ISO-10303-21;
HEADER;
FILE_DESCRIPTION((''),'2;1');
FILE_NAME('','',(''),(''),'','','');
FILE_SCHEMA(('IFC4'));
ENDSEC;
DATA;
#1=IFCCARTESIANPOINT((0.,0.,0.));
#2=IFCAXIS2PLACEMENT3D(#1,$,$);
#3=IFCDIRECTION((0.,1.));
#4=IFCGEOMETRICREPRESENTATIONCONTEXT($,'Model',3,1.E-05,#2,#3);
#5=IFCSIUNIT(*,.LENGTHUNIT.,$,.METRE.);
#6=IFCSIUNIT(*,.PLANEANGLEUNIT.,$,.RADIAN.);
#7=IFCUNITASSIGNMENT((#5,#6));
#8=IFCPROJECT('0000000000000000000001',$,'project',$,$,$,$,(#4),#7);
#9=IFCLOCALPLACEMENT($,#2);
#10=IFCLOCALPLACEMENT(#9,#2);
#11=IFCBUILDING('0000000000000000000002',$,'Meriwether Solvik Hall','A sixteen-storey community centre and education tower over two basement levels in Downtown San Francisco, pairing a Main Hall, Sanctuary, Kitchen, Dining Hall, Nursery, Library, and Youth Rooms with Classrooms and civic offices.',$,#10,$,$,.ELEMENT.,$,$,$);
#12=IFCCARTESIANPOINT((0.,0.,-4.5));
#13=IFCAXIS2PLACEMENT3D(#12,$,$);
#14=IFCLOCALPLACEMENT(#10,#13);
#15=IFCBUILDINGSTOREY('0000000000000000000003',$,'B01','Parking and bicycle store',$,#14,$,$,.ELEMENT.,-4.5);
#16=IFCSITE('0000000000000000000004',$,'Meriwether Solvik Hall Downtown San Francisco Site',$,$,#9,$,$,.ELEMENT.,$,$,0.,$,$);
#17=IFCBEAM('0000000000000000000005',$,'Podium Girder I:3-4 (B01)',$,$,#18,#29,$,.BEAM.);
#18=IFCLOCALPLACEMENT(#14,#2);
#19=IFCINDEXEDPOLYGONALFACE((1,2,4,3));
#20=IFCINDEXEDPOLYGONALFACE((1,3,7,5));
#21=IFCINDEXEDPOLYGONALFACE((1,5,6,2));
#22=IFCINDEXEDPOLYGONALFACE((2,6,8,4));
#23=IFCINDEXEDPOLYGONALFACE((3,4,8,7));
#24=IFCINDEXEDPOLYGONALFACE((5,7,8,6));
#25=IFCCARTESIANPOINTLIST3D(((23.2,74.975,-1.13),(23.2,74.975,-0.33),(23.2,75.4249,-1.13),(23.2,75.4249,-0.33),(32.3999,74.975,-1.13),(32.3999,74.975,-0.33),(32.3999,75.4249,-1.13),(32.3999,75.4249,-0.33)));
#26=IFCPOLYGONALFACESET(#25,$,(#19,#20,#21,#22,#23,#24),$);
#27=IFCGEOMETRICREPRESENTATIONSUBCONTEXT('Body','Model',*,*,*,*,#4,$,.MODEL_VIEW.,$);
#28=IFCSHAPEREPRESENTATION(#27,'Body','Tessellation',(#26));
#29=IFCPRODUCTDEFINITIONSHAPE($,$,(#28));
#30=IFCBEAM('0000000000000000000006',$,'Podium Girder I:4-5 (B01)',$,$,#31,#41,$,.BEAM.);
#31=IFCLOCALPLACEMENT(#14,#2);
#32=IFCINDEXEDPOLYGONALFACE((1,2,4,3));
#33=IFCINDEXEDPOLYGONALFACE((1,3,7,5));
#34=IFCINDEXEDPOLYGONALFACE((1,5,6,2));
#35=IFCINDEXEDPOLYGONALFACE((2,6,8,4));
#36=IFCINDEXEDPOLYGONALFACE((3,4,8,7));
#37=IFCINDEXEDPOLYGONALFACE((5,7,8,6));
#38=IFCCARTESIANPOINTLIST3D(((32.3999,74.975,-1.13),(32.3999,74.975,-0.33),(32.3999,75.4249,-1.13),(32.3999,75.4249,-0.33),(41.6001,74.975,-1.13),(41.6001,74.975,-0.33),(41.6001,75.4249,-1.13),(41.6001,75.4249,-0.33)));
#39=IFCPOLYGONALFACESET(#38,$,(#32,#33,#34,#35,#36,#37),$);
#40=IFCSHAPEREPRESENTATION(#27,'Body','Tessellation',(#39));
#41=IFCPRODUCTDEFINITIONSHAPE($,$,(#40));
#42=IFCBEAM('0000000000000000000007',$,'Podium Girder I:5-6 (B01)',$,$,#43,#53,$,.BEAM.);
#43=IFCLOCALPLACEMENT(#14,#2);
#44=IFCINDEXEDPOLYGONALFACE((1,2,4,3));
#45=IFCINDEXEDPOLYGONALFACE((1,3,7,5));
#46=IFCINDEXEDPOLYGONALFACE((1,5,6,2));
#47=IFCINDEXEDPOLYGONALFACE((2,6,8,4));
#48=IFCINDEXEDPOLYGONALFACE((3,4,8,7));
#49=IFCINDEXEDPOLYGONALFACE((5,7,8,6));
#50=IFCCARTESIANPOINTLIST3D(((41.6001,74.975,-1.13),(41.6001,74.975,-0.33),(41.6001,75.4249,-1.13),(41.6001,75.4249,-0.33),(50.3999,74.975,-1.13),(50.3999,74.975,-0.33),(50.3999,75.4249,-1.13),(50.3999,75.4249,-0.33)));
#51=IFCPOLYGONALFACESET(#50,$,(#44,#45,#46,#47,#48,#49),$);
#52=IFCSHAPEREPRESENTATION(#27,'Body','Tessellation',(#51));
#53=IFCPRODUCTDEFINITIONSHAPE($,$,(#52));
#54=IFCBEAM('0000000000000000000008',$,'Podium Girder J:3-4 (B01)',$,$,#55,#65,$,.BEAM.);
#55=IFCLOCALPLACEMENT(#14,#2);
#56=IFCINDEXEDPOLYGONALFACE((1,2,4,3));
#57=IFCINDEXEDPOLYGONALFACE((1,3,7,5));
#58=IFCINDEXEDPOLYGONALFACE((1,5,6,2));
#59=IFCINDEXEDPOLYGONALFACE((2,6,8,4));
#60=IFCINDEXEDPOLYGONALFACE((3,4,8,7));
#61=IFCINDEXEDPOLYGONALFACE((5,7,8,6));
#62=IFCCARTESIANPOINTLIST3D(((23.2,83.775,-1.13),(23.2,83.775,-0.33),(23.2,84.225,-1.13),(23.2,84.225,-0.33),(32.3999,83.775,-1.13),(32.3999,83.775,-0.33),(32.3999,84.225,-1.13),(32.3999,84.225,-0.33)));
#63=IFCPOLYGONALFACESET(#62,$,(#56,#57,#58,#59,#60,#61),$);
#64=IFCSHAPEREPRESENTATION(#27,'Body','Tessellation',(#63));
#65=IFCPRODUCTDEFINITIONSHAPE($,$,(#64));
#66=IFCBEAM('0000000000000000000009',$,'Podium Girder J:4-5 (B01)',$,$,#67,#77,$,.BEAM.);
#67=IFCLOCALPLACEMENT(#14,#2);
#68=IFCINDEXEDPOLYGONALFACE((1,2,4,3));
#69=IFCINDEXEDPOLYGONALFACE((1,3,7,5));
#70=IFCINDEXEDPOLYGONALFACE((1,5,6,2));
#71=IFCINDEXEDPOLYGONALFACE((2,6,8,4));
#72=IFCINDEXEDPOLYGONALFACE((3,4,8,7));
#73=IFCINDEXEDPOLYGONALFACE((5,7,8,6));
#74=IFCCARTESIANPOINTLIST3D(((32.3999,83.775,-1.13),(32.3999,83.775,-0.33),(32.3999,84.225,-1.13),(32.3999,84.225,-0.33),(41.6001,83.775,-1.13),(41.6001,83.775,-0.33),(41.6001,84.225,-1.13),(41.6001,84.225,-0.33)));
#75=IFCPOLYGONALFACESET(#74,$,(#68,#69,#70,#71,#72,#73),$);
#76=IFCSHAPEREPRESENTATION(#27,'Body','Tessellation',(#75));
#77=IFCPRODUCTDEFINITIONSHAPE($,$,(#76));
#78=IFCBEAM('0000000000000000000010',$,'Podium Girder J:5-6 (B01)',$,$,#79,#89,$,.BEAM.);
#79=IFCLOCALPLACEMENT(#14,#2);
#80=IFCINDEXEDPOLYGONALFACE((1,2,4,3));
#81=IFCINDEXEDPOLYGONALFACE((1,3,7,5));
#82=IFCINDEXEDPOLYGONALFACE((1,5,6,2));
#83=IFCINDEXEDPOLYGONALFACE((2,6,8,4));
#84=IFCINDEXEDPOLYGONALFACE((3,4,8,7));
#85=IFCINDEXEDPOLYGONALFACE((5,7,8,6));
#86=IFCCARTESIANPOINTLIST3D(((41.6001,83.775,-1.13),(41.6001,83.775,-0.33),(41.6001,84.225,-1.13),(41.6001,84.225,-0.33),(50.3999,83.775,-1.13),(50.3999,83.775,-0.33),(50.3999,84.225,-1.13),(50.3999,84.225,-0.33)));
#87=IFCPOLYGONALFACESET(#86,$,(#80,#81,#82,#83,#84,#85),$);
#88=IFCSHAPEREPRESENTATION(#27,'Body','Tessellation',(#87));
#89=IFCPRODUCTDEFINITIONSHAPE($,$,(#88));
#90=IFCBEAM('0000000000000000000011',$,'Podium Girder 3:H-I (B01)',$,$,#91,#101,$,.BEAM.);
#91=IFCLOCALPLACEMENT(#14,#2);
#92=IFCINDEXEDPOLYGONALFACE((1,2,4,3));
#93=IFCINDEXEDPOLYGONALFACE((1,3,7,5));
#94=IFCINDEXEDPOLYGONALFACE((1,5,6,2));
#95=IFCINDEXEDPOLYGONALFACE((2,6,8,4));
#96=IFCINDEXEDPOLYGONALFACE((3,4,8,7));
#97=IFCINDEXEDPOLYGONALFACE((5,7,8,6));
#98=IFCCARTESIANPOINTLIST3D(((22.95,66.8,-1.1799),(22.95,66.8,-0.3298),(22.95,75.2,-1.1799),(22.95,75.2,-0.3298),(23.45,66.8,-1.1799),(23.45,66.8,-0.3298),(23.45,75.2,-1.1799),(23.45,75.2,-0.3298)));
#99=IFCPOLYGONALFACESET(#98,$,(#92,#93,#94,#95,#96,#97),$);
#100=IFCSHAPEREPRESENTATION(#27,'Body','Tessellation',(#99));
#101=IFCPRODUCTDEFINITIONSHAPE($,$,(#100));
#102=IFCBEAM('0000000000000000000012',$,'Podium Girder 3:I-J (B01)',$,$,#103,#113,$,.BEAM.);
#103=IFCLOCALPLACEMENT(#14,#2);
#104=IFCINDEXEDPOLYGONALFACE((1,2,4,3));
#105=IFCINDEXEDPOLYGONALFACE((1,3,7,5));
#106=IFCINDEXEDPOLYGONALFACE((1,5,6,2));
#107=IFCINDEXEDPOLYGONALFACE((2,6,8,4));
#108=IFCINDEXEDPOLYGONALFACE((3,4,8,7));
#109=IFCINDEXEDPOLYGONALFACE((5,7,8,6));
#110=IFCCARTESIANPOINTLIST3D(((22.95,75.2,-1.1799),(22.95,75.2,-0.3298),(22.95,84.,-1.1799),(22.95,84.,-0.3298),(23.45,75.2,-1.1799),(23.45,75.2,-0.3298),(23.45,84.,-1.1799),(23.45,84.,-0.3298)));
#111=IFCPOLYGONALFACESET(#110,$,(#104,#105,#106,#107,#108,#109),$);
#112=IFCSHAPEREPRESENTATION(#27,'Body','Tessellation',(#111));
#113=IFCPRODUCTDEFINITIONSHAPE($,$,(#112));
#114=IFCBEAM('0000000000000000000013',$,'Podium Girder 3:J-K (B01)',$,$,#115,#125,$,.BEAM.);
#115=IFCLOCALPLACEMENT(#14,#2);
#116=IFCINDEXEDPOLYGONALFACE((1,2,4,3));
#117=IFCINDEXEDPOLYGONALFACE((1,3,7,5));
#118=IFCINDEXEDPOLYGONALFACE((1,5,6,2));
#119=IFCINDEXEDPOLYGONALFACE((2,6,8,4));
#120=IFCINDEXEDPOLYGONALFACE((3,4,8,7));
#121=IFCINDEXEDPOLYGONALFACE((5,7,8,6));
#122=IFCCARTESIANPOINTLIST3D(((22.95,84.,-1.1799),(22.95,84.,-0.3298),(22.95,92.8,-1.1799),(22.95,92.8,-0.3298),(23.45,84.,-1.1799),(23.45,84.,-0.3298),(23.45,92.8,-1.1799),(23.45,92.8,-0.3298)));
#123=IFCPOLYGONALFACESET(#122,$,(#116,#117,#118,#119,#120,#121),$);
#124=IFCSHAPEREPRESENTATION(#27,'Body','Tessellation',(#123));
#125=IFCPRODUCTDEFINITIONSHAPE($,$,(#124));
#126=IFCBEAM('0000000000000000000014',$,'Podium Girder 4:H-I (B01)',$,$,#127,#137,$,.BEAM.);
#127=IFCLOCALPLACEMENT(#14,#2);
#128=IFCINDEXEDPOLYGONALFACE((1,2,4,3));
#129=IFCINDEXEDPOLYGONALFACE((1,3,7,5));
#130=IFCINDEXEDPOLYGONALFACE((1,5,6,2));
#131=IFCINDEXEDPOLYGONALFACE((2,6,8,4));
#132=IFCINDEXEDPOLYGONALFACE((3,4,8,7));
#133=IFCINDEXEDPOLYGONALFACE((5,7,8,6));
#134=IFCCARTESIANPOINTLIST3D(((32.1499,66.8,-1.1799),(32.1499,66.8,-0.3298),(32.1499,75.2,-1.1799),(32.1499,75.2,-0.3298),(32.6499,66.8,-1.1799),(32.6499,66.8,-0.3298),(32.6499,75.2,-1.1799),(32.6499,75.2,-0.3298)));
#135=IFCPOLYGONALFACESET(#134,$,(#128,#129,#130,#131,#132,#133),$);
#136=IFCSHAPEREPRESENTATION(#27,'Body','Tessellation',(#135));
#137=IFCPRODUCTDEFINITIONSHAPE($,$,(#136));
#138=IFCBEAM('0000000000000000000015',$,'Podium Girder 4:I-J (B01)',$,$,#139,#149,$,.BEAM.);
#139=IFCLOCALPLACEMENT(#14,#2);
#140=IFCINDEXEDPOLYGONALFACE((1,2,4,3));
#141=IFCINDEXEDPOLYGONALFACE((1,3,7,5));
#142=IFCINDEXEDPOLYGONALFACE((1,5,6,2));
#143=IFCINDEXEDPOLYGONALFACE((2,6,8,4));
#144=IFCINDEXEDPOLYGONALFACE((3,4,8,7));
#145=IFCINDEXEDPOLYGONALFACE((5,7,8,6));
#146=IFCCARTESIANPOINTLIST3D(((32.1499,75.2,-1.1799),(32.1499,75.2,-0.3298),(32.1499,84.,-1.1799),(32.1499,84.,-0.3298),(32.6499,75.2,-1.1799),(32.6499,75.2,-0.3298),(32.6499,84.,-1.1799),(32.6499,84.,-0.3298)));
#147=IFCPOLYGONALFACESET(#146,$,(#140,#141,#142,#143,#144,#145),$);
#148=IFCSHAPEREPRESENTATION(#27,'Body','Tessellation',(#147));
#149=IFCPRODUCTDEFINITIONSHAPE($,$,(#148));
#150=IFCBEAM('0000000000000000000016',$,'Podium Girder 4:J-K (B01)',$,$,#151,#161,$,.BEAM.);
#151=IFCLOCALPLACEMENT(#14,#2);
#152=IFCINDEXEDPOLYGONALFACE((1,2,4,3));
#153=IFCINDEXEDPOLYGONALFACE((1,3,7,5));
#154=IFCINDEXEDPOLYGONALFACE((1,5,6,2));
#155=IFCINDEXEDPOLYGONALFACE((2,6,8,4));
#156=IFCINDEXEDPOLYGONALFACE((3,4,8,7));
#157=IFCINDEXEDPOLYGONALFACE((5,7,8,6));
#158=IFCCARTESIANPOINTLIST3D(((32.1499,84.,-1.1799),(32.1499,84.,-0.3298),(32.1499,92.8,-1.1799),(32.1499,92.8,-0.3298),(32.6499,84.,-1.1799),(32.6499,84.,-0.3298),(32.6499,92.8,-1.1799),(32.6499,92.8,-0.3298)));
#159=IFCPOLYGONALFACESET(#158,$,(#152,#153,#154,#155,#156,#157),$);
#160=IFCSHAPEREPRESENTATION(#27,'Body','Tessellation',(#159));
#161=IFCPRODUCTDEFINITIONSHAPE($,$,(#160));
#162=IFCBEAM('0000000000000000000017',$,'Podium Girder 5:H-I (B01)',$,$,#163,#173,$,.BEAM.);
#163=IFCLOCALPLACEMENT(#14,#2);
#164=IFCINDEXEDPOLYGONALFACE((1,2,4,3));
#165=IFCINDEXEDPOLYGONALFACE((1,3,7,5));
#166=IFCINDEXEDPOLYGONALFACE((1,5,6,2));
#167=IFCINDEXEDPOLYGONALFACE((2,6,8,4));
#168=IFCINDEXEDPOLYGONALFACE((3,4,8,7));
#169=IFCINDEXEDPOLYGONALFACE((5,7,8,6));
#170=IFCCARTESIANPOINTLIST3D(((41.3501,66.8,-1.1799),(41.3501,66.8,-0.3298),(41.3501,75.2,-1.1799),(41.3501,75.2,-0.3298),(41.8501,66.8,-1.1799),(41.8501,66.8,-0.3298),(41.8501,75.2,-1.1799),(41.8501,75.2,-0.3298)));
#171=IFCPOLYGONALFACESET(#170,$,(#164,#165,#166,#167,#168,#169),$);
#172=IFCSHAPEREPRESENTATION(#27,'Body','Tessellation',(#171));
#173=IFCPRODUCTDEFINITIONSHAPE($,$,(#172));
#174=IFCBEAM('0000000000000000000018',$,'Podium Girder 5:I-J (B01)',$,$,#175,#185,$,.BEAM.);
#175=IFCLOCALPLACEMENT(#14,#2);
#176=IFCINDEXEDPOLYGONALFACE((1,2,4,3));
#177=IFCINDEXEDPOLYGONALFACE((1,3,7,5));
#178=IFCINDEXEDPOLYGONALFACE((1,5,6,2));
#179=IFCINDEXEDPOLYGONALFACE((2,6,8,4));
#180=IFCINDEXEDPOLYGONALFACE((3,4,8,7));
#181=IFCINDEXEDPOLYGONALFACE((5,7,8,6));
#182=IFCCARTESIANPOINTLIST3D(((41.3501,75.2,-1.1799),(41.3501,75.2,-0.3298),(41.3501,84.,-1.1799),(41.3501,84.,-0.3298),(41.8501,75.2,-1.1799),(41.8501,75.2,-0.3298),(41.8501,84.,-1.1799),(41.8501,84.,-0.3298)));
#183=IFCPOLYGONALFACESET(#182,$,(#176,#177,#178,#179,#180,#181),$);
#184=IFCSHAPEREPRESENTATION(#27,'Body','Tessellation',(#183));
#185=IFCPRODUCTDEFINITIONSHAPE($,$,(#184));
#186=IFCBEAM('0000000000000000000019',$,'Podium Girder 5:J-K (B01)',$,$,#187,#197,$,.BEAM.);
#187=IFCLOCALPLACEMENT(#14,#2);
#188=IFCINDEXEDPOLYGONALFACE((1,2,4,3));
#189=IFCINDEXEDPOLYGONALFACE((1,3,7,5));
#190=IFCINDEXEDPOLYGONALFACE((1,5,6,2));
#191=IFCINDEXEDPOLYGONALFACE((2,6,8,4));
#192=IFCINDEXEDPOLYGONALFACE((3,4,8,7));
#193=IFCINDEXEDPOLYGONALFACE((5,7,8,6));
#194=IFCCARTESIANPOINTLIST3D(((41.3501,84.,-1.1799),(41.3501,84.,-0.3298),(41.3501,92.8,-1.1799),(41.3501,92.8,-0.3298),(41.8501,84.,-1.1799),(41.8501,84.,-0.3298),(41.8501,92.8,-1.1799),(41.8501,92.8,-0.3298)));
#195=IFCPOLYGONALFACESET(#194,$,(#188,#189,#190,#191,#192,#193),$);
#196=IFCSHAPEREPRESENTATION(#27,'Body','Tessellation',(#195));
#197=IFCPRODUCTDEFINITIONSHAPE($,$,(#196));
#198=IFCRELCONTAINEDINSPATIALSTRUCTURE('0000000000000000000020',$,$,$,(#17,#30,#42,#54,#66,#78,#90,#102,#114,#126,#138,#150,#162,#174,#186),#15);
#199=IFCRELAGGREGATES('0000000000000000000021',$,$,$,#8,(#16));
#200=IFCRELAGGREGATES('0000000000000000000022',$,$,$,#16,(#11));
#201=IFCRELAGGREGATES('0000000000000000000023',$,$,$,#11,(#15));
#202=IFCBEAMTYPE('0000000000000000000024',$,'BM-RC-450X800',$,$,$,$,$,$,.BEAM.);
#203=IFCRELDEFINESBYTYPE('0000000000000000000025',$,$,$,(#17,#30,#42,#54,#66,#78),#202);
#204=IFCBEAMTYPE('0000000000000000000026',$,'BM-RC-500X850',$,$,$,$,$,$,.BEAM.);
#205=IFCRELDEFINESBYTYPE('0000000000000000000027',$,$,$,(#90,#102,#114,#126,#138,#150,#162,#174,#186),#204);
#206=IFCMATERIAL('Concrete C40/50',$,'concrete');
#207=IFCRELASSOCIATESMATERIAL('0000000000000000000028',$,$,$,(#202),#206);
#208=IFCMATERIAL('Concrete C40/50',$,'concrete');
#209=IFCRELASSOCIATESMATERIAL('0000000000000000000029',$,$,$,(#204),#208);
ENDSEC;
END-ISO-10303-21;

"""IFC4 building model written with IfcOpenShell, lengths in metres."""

from ifc_helpers import new_model, si_unit, direction, frame, origin, origin_2d, place, context, subcontext, project, spatial, rectangle, extrude, material, material_profile, profile_set, type_object, element, save


model = new_model("IFC4")

# Units and contexts
model_context = context("Model", 3, precision=1e-05, world=origin(), true_north=direction((0.0, 1.0)))
body_context = subcontext(model_context, "Body", "Model", "MODEL_VIEW")
ifc_project = project(units=[si_unit("LENGTHUNIT", "METRE"), si_unit("PLANEANGLEUNIT", "RADIAN")], contexts=[model_context])

# Site, building, storey
site_placement = place(None, origin())
site = spatial("IfcSite", under=ifc_project, at=site_placement, Name="Meriwether Solvik Hall Downtown San Francisco Site", CompositionType="ELEMENT", RefElevation=0.0)
building_placement = place(site_placement, origin())
building = spatial("IfcBuilding", under=site, at=building_placement, Name="Meriwether Solvik Hall", Description="A sixteen-storey community centre and education tower over two basement levels in Downtown San Francisco, pairing a Main Hall, Sanctuary, Kitchen, Dining Hall, Nursery, Library, and Youth Rooms with Classrooms and civic offices.", CompositionType="ELEMENT")
storey_placement = place(building_placement, frame((0.0, 0.0, -4.5)))
storey = spatial("IfcBuildingStorey", under=building, at=storey_placement, Name="B01", Description="Parking and bicycle store", CompositionType="ELEMENT", Elevation=-4.5)

# Beams
ifc_material_1 = material(Name="Concrete C40/50", Category="concrete")
ifc_material_profile_1 = material_profile(ifc_material_1, rectangle(XDim=0.45, YDim=0.8, at=origin_2d()), Name="RCB-450X800")
ifc_profile_set_1 = profile_set([ifc_material_profile_1], Name="Concrete C40/50")
beam_type_1 = type_object("IfcBeamType", Name="BM-RC-450X800", PredefinedType="BEAM", material=ifc_profile_set_1)
beam_1_placement = place(storey_placement, frame((23.2, 75.2, -0.73), z_axis=(1.0, 0.0, 0.0), x_axis=(0.0, 1.0, 0.0)))
element("IfcBeam", 1, at=beam_1_placement, inside=storey, type_object=beam_type_1, Name="Podium Girder I:3-4 (B01)", PredefinedType="BEAM", context=body_context, shape_type="SweptSolid", body=[
    extrude(rectangle(XDim=0.45, YDim=0.8, at=origin_2d()), origin(), (0.0, 0.0, 1.0), 9.2),
])
beam_2_placement = place(storey_placement, frame((32.3999, 75.2, -0.73), z_axis=(1.0, 0.0, 0.0), x_axis=(0.0, 1.0, 0.0)))
element("IfcBeam", 2, at=beam_2_placement, inside=storey, type_object=beam_type_1, Name="Podium Girder I:4-5 (B01)", PredefinedType="BEAM", context=body_context, shape_type="SweptSolid", body=[
    extrude(rectangle(XDim=0.45, YDim=0.8, at=origin_2d()), origin(), (0.0, 0.0, 1.0), 9.2002),
])
beam_3_placement = place(storey_placement, frame((41.6001, 75.2, -0.73), z_axis=(1.0, 0.0, 0.0), x_axis=(0.0, 1.0, 0.0)))
element("IfcBeam", 3, at=beam_3_placement, inside=storey, type_object=beam_type_1, Name="Podium Girder I:5-6 (B01)", PredefinedType="BEAM", context=body_context, shape_type="SweptSolid", body=[
    extrude(rectangle(XDim=0.45, YDim=0.8, at=origin_2d()), origin(), (0.0, 0.0, 1.0), 8.7998),
])
beam_4_placement = place(storey_placement, frame((23.2, 84.0, -0.73), z_axis=(1.0, 0.0, 0.0), x_axis=(0.0, 1.0, 0.0)))
element("IfcBeam", 4, at=beam_4_placement, inside=storey, type_object=beam_type_1, Name="Podium Girder J:3-4 (B01)", PredefinedType="BEAM", context=body_context, shape_type="SweptSolid", body=[
    extrude(rectangle(XDim=0.45, YDim=0.8, at=origin_2d()), origin(), (0.0, 0.0, 1.0), 9.2),
])
beam_5_placement = place(storey_placement, frame((32.3999, 84.0, -0.73), z_axis=(1.0, 0.0, 0.0), x_axis=(0.0, 1.0, 0.0)))
element("IfcBeam", 5, at=beam_5_placement, inside=storey, type_object=beam_type_1, Name="Podium Girder J:4-5 (B01)", PredefinedType="BEAM", context=body_context, shape_type="SweptSolid", body=[
    extrude(rectangle(XDim=0.45, YDim=0.8, at=origin_2d()), origin(), (0.0, 0.0, 1.0), 9.2002),
])
beam_6_placement = place(storey_placement, frame((41.6001, 84.0, -0.73), z_axis=(1.0, 0.0, 0.0), x_axis=(0.0, 1.0, 0.0)))
element("IfcBeam", 6, at=beam_6_placement, inside=storey, type_object=beam_type_1, Name="Podium Girder J:5-6 (B01)", PredefinedType="BEAM", context=body_context, shape_type="SweptSolid", body=[
    extrude(rectangle(XDim=0.45, YDim=0.8, at=origin_2d()), origin(), (0.0, 0.0, 1.0), 8.7998),
])
ifc_material_2 = material(Name="Concrete C40/50", Category="concrete")
ifc_material_profile_2 = material_profile(ifc_material_2, rectangle(XDim=0.5, YDim=0.8501, at=origin_2d()), Name="RCB-500X850")
ifc_profile_set_2 = profile_set([ifc_material_profile_2], Name="Concrete C40/50")
beam_type_2 = type_object("IfcBeamType", Name="BM-RC-500X850", PredefinedType="BEAM", material=ifc_profile_set_2)
beam_7_placement = place(storey_placement, frame((23.2, 66.8, -0.7549), z_axis=(0.0, 1.0, 0.0), x_axis=(-1.0, 0.0, 0.0)))
element("IfcBeam", 7, at=beam_7_placement, inside=storey, type_object=beam_type_2, Name="Podium Girder 3:H-I (B01)", PredefinedType="BEAM", context=body_context, shape_type="SweptSolid", body=[
    extrude(rectangle(XDim=0.5, YDim=0.8501, at=origin_2d()), origin(), (0.0, 0.0, 1.0), 8.3999),
])
for number, where, z_axis, x_axis, name in (
    (8, (23.2, 75.2, -0.7549), (0.0, 1.0, 0.0), (-1.0, 0.0, 0.0), "Podium Girder 3:I-J (B01)"),
    (9, (23.2, 84.0, -0.7549), (0.0, 1.0, 0.0), (-1.0, 0.0, 0.0), "Podium Girder 3:J-K (B01)"),
):
    element("IfcBeam", number, at=place(storey_placement, frame(where, z_axis=z_axis, x_axis=x_axis)), inside=storey, type_object=beam_type_2, Name=name, PredefinedType="BEAM", context=body_context, shape_type="SweptSolid", body=[
        extrude(rectangle(XDim=0.5, YDim=0.8501, at=origin_2d()), origin(), (0.0, 0.0, 1.0), 8.8),
    ])
beam_8_placement = place(storey_placement, frame((32.3999, 66.8, -0.7549), z_axis=(0.0, 1.0, 0.0), x_axis=(-1.0, 0.0, 0.0)))
element("IfcBeam", 10, at=beam_8_placement, inside=storey, type_object=beam_type_2, Name="Podium Girder 4:H-I (B01)", PredefinedType="BEAM", context=body_context, shape_type="SweptSolid", body=[
    extrude(rectangle(XDim=0.5, YDim=0.8501, at=origin_2d()), origin(), (0.0, 0.0, 1.0), 8.3999),
])
for number, where, z_axis, x_axis, name in (
    (11, (32.3999, 75.2, -0.7549), (0.0, 1.0, 0.0), (-1.0, 0.0, 0.0), "Podium Girder 4:I-J (B01)"),
    (12, (32.3999, 84.0, -0.7549), (0.0, 1.0, 0.0), (-1.0, 0.0, 0.0), "Podium Girder 4:J-K (B01)"),
):
    element("IfcBeam", number, at=place(storey_placement, frame(where, z_axis=z_axis, x_axis=x_axis)), inside=storey, type_object=beam_type_2, Name=name, PredefinedType="BEAM", context=body_context, shape_type="SweptSolid", body=[
        extrude(rectangle(XDim=0.5, YDim=0.8501, at=origin_2d()), origin(), (0.0, 0.0, 1.0), 8.8),
    ])
beam_9_placement = place(storey_placement, frame((41.6001, 66.8, -0.7549), z_axis=(0.0, 1.0, 0.0), x_axis=(-1.0, 0.0, 0.0)))
element("IfcBeam", 13, at=beam_9_placement, inside=storey, type_object=beam_type_2, Name="Podium Girder 5:H-I (B01)", PredefinedType="BEAM", context=body_context, shape_type="SweptSolid", body=[
    extrude(rectangle(XDim=0.5, YDim=0.8501, at=origin_2d()), origin(), (0.0, 0.0, 1.0), 8.3999),
])
for number, where, z_axis, x_axis, name in (
    (14, (41.6001, 75.2, -0.7549), (0.0, 1.0, 0.0), (-1.0, 0.0, 0.0), "Podium Girder 5:I-J (B01)"),
    (15, (41.6001, 84.0, -0.7549), (0.0, 1.0, 0.0), (-1.0, 0.0, 0.0), "Podium Girder 5:J-K (B01)"),
):
    element("IfcBeam", number, at=place(storey_placement, frame(where, z_axis=z_axis, x_axis=x_axis)), inside=storey, type_object=beam_type_2, Name=name, PredefinedType="BEAM", context=body_context, shape_type="SweptSolid", body=[
        extrude(rectangle(XDim=0.5, YDim=0.8501, at=origin_2d()), origin(), (0.0, 0.0, 1.0), 8.8),
    ])

save(model, "model.ifc")
